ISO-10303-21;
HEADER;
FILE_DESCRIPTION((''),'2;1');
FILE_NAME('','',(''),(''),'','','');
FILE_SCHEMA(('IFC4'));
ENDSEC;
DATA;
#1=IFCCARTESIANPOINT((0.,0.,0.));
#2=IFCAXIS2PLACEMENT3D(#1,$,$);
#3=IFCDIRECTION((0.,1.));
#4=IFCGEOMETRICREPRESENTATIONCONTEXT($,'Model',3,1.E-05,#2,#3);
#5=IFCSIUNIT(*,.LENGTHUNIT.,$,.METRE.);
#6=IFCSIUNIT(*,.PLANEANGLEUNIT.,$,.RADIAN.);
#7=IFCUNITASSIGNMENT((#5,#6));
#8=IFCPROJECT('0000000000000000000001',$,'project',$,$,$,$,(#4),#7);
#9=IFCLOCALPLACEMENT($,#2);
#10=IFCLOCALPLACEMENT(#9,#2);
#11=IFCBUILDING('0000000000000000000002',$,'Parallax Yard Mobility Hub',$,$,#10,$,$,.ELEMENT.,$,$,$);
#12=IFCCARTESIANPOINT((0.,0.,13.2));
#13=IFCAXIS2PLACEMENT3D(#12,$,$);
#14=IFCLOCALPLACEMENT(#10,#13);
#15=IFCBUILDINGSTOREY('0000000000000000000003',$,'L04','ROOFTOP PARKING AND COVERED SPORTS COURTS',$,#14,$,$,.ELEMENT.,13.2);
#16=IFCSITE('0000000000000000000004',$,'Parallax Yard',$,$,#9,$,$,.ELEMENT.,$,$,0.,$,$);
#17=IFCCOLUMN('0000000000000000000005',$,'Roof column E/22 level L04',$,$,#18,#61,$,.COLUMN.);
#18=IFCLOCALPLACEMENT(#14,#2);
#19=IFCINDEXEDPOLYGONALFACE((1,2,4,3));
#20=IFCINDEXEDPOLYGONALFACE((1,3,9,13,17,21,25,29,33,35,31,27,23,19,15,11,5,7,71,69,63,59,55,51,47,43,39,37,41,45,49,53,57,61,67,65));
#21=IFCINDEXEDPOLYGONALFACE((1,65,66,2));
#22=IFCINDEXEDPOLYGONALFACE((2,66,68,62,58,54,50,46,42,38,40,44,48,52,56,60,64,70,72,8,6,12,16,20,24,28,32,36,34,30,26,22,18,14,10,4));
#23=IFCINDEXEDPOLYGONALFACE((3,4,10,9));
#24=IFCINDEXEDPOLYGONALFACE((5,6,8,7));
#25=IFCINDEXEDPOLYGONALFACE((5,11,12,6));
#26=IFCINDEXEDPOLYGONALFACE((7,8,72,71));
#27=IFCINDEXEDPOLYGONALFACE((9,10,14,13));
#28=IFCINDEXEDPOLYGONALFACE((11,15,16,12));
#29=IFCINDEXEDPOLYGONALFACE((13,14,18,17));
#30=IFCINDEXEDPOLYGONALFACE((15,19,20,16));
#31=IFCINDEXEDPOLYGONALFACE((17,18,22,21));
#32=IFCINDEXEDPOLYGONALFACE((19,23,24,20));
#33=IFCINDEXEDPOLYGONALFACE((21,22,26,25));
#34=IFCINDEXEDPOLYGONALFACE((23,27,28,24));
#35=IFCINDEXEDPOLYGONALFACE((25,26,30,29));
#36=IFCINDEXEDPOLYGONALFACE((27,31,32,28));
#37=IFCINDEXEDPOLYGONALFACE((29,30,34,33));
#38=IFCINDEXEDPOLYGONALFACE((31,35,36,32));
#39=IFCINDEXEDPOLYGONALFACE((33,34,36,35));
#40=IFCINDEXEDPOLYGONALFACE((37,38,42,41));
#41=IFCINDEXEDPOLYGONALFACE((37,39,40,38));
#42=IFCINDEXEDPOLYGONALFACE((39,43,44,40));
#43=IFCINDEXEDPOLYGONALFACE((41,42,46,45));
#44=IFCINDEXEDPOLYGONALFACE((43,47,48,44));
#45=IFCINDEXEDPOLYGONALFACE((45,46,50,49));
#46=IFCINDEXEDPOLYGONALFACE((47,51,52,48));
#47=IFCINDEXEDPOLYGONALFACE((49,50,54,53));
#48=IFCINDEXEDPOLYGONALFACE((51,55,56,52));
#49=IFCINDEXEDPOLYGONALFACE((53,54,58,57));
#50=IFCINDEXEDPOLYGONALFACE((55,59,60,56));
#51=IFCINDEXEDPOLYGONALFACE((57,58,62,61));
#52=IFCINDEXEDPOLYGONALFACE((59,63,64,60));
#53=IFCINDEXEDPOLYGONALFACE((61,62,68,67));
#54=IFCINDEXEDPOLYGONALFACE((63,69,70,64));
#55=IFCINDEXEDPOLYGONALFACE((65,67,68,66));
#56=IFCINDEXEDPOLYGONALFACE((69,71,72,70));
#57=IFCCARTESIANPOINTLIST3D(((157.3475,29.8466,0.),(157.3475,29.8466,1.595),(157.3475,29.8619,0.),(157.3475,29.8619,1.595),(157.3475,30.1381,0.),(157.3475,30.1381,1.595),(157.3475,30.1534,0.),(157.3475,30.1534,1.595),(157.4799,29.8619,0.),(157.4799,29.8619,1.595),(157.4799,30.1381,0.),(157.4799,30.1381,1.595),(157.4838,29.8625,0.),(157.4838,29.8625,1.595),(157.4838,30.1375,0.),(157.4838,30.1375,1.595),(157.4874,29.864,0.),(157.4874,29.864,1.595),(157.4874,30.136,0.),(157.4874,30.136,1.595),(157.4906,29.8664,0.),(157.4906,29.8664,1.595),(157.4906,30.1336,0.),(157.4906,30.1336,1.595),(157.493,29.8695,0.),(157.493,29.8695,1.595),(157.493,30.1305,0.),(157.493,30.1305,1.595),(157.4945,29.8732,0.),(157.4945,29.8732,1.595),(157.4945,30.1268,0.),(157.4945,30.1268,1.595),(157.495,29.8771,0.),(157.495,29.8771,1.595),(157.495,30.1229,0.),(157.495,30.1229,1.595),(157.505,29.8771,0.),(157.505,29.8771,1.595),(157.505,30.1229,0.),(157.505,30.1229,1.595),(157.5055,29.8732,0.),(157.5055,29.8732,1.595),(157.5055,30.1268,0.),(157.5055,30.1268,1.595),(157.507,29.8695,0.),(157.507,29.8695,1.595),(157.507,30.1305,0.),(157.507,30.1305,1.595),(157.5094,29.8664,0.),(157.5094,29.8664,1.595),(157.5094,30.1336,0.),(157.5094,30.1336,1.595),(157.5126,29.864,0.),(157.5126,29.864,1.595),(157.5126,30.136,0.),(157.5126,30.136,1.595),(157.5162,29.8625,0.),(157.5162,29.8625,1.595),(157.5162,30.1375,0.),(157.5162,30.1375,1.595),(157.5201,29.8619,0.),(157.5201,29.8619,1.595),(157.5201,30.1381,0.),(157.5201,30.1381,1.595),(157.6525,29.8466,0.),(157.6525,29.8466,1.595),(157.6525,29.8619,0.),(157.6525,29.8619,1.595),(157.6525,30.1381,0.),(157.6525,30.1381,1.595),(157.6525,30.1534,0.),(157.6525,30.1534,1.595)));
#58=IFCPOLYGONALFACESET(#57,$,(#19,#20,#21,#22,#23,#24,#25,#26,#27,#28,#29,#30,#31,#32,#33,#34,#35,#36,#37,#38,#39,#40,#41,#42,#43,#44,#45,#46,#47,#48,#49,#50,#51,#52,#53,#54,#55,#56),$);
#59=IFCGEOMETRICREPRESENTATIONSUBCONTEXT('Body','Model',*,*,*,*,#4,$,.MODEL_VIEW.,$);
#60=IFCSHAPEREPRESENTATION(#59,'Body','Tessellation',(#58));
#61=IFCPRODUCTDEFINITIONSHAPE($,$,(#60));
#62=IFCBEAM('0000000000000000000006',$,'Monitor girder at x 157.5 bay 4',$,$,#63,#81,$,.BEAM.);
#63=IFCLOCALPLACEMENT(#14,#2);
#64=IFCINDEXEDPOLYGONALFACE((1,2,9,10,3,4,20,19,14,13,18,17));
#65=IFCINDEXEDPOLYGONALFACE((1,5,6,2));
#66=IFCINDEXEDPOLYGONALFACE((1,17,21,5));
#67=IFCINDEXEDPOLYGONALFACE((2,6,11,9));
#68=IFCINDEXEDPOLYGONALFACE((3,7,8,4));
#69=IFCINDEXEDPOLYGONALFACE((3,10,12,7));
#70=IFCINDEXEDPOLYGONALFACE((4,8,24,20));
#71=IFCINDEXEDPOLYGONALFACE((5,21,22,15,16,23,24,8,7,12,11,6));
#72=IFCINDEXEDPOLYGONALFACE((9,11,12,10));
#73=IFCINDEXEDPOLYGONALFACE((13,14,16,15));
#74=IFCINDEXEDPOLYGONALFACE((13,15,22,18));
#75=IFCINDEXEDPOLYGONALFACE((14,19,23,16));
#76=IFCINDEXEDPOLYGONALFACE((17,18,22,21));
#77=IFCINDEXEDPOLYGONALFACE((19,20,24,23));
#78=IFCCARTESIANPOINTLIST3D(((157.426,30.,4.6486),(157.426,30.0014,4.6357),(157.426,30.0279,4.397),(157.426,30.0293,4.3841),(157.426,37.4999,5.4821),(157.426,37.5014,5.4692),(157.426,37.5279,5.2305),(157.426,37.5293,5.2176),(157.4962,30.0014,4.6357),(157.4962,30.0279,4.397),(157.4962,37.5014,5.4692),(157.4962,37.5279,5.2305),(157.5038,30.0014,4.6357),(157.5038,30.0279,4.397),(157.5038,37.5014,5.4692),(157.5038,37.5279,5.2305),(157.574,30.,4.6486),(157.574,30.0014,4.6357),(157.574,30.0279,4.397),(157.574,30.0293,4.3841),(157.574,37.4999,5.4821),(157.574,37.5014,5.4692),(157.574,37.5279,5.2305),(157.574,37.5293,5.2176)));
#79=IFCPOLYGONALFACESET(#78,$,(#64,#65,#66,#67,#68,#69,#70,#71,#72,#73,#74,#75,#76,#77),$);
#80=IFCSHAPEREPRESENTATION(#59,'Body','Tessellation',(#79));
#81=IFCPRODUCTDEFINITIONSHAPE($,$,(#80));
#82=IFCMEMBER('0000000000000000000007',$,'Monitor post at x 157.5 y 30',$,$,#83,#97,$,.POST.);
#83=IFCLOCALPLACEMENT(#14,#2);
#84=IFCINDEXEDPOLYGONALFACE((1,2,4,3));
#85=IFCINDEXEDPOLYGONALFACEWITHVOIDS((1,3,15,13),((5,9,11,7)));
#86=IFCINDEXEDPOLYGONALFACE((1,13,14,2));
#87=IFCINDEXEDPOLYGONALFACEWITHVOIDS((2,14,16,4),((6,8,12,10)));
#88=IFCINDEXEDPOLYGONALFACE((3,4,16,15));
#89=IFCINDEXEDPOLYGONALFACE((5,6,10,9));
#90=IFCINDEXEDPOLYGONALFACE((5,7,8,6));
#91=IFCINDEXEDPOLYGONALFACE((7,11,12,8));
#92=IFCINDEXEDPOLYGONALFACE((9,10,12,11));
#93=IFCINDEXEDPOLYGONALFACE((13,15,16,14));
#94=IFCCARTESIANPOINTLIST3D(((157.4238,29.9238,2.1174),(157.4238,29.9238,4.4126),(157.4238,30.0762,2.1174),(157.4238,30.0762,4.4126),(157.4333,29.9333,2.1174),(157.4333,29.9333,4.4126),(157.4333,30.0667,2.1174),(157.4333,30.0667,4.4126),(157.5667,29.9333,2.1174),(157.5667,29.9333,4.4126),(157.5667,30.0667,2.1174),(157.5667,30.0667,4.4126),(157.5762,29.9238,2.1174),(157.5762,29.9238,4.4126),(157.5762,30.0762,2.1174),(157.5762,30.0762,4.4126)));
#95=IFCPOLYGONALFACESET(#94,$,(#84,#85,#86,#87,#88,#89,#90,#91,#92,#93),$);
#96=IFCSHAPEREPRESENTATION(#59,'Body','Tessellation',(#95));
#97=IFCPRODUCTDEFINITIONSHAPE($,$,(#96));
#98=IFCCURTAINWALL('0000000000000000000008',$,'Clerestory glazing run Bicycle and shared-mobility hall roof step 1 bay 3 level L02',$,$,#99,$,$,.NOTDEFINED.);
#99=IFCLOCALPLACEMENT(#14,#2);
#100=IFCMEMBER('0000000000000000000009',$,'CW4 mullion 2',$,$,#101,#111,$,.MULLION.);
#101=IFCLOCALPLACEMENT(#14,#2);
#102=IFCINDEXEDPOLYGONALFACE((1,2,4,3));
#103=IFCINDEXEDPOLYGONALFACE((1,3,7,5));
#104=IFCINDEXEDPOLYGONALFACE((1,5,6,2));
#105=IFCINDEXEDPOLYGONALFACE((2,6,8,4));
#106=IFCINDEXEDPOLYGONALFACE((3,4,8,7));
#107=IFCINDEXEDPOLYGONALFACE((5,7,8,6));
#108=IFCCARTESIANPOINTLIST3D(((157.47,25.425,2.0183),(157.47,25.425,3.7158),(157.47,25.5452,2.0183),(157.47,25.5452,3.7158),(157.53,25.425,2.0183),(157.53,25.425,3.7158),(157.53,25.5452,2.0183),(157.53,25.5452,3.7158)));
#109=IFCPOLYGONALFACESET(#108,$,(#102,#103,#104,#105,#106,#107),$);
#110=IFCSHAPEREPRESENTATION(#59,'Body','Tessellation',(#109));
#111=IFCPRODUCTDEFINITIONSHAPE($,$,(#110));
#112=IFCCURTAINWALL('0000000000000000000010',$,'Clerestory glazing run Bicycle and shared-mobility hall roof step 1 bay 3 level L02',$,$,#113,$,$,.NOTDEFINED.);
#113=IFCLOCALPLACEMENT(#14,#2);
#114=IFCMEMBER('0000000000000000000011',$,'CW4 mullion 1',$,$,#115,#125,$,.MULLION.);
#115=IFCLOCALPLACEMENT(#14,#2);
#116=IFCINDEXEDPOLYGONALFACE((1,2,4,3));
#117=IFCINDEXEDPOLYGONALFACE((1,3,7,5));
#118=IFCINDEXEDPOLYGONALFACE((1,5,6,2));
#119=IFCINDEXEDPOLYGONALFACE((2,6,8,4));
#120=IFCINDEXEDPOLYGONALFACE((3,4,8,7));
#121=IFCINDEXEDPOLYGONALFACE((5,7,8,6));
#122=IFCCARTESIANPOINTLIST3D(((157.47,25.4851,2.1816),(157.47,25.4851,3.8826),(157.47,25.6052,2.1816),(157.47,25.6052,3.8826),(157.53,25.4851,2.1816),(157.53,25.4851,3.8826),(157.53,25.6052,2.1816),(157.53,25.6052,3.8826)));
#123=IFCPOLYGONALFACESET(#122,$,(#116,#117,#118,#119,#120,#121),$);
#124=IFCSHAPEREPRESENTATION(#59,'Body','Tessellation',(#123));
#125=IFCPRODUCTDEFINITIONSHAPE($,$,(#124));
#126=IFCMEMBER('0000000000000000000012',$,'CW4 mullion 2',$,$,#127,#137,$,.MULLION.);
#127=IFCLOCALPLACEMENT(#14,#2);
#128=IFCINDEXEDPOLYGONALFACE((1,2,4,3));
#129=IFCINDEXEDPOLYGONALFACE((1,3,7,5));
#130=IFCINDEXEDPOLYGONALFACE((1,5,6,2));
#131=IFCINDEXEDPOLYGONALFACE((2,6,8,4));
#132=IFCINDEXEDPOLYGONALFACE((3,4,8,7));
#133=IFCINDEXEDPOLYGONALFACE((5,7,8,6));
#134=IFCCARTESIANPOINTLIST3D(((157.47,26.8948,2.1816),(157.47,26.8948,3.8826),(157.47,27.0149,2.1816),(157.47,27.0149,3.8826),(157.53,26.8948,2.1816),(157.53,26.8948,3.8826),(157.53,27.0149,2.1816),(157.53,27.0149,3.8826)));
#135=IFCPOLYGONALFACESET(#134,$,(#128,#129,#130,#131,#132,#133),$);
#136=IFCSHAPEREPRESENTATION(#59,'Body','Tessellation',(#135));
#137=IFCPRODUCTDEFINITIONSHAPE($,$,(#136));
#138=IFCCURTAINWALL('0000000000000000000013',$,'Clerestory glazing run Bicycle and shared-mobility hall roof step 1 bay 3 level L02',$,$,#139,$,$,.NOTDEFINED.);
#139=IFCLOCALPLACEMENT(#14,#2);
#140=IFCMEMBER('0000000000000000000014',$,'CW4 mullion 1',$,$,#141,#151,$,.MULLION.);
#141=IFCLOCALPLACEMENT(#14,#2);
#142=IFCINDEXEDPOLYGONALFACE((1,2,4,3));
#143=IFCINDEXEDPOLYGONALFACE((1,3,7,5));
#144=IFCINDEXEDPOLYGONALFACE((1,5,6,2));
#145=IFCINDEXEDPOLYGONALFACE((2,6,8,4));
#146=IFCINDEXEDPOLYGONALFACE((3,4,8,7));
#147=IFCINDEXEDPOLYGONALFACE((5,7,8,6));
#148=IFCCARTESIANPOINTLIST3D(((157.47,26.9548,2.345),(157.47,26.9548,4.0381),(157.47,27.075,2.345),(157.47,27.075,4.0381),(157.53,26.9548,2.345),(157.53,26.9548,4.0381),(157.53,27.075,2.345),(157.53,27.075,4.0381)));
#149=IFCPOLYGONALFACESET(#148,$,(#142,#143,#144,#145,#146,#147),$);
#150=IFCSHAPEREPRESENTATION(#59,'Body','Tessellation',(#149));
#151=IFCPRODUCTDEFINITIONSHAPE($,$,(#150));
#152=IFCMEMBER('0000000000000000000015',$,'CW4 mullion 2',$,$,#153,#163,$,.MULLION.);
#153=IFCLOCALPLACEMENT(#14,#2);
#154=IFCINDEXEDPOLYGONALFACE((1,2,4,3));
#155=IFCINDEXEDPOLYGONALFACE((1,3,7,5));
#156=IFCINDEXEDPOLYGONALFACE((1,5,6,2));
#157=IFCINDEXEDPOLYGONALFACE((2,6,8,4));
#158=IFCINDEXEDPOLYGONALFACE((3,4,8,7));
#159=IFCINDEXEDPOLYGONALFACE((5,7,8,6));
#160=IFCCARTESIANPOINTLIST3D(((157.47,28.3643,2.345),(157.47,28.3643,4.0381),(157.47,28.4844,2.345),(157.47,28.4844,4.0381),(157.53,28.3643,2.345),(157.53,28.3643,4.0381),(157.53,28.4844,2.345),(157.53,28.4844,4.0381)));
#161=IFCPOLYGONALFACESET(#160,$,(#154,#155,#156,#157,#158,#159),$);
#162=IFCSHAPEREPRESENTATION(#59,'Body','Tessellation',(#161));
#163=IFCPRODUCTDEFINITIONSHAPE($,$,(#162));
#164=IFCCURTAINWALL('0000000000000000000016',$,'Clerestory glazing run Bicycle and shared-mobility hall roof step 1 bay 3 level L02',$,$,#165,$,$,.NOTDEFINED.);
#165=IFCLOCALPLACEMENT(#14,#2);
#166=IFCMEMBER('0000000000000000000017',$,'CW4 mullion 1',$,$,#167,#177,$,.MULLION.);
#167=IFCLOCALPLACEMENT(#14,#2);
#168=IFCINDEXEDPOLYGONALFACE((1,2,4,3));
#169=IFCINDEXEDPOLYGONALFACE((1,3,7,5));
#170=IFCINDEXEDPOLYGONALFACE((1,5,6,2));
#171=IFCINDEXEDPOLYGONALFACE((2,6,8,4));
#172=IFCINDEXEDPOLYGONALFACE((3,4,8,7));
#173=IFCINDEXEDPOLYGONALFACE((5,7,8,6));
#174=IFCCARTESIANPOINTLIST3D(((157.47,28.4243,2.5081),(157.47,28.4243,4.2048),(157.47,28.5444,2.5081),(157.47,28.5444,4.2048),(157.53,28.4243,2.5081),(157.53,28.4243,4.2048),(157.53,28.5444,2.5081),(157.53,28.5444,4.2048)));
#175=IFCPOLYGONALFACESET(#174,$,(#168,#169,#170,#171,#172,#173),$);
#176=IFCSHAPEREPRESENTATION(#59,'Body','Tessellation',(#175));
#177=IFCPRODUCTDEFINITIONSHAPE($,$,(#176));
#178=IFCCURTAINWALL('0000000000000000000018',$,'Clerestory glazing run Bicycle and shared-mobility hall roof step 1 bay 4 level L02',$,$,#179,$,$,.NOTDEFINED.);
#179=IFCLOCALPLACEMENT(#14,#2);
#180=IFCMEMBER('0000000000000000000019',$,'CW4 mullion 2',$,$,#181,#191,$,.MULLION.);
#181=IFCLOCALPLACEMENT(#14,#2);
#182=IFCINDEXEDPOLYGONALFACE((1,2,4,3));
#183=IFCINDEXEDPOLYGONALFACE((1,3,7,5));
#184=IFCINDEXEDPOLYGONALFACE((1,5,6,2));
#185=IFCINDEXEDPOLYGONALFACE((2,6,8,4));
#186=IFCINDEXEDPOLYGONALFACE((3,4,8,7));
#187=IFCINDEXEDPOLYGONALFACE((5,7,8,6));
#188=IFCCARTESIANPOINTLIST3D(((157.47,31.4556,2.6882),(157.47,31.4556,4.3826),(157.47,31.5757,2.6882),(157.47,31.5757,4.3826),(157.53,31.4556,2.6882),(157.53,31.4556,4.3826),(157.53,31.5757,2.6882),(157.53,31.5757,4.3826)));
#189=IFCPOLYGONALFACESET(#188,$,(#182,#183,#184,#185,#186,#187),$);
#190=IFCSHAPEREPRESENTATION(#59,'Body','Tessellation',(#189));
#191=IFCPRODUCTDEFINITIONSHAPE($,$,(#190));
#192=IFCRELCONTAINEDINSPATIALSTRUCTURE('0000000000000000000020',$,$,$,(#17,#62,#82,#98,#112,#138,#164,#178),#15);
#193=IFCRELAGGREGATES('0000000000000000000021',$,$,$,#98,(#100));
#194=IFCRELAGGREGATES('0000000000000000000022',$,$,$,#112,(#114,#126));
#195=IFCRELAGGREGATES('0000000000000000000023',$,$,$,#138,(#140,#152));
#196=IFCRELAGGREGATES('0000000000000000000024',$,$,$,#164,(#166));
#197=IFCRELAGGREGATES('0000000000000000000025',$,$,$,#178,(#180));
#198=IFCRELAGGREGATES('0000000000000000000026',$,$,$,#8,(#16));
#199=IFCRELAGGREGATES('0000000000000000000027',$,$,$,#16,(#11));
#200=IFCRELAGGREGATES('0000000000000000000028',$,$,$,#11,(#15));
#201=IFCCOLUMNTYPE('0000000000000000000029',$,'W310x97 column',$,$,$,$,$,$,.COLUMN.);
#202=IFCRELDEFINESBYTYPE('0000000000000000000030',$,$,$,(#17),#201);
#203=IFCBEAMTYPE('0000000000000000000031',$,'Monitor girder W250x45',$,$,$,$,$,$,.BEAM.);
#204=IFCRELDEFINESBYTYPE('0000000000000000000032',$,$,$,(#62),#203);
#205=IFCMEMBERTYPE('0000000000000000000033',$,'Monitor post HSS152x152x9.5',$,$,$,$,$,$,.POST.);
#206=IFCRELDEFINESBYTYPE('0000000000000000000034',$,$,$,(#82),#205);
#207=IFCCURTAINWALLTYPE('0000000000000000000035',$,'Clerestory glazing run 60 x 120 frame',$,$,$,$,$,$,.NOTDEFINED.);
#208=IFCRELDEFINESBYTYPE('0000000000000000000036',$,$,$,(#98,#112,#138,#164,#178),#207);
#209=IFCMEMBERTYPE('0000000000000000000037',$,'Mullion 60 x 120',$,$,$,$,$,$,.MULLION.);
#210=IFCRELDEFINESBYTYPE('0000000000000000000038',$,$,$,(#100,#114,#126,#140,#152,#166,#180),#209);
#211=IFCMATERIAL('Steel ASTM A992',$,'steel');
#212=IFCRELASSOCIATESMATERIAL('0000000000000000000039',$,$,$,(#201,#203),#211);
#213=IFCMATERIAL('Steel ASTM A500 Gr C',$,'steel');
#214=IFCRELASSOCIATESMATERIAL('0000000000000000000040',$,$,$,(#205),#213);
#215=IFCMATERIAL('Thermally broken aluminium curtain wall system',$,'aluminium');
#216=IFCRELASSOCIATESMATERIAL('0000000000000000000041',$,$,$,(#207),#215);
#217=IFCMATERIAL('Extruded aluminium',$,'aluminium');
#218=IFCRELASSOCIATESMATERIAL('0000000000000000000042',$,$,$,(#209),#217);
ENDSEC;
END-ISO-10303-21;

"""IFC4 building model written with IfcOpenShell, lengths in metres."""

from ifc_helpers import new_model, si_unit, direction, frame, origin, origin_2d, place, context, subcontext, project, spatial, rectangle, hollow_rectangle, i_section, extrude, material, material_profile, profile_set, type_object, element, aggregate, save


model = new_model("IFC4")

# Units and contexts
model_context = context("Model", 3, precision=1e-05, world=origin(), true_north=direction((0.0, 1.0)))
body_context = subcontext(model_context, "Body", "Model", "MODEL_VIEW")
ifc_project = project(units=[si_unit("LENGTHUNIT", "METRE"), si_unit("PLANEANGLEUNIT", "RADIAN")], contexts=[model_context])

# Site, building, storey
site_placement = place(None, origin())
site = spatial("IfcSite", under=ifc_project, at=site_placement, Name="Parallax Yard", CompositionType="ELEMENT", RefElevation=0.0)
building_placement = place(site_placement, origin())
building = spatial("IfcBuilding", under=site, at=building_placement, Name="Parallax Yard Mobility Hub", CompositionType="ELEMENT")
storey_placement = place(building_placement, frame((0.0, 0.0, 13.2)))
storey = spatial("IfcBuildingStorey", under=building, at=storey_placement, Name="L04", Description="ROOFTOP PARKING AND COVERED SPORTS COURTS", CompositionType="ELEMENT", Elevation=13.2)

# Column
ifc_material_1 = material(Name="Steel ASTM A992", Category="steel")
ifc_material_profile_1 = material_profile(ifc_material_1, i_section(OverallWidth=0.3049, OverallDepth=0.3069, WebThickness=0.01, FlangeThickness=0.0154, FilletRadius=0.0151, at=origin_2d()), Name="W310x97")
ifc_profile_set_1 = profile_set([ifc_material_profile_1], Name="Steel ASTM A992")
column_type = type_object("IfcColumnType", Name="W310x97 column", PredefinedType="COLUMN", material=ifc_profile_set_1)
column_placement = place(storey_placement, frame((157.5, 30.0, 0.0), z_axis=(0.0, 0.0, 1.0), x_axis=(1.0, 0.0, 0.0)))
element("IfcColumn", 1, at=column_placement, inside=storey, type_object=column_type, Name="Roof column E/22 level L04", PredefinedType="COLUMN", context=body_context, shape_type="SweptSolid", body=[
    extrude(i_section(OverallWidth=0.3049, OverallDepth=0.3069, WebThickness=0.01, FlangeThickness=0.0154, FilletRadius=0.0151, at=origin_2d()), origin(), (0.0, 0.0, 1.0), 1.595),
])

# Beam
ifc_material_profile_2 = material_profile(ifc_material_1, i_section(OverallWidth=0.1479, OverallDepth=0.2661, WebThickness=0.0076, FlangeThickness=0.0129, at=origin_2d()), Name="W250x45")
ifc_profile_set_2 = profile_set([ifc_material_profile_2], Name="Steel ASTM A992")
beam_type = type_object("IfcBeamType", Name="Monitor girder W250x45", PredefinedType="BEAM", material=ifc_profile_set_2)
beam_placement = place(storey_placement, frame((157.5, 30.0146, 4.5164), z_axis=(0.0, 0.993881, 0.110453), x_axis=(-1.0, 0.0, 0.0)))
element("IfcBeam", 2, at=beam_placement, inside=storey, type_object=beam_type, Name="Monitor girder at x 157.5 bay 4", PredefinedType="BEAM", context=body_context, shape_type="SweptSolid", body=[
    extrude(i_section(OverallWidth=0.1479, OverallDepth=0.2661, WebThickness=0.0076, FlangeThickness=0.0129, at=origin_2d()), origin(), (0.0, 0.0, 1.0), 7.5461),
])

# Member
ifc_material_2 = material(Name="Steel ASTM A500 Gr C", Category="steel")
ifc_material_profile_3 = material_profile(ifc_material_2, hollow_rectangle(XDim=0.1523, YDim=0.1523, WallThickness=0.0095, at=origin_2d()), Name="HSS152x152x9.5")
ifc_profile_set_3 = profile_set([ifc_material_profile_3], Name="Steel ASTM A500 Gr C")
member_type_1 = type_object("IfcMemberType", Name="Monitor post HSS152x152x9.5", PredefinedType="POST", material=ifc_profile_set_3)
member_1_placement = place(storey_placement, frame((157.5, 30.0, 2.1174), z_axis=(0.0, 0.0, 1.0), x_axis=(1.0, 0.0, 0.0)))
element("IfcMember", 3, at=member_1_placement, inside=storey, type_object=member_type_1, Name="Monitor post at x 157.5 y 30", PredefinedType="POST", context=body_context, shape_type="SweptSolid", body=[
    extrude(hollow_rectangle(XDim=0.1523, YDim=0.1523, WallThickness=0.0095, at=origin_2d()), origin(), (0.0, 0.0, 1.0), 2.2952),
])

# Curtain wall, member
ifc_material_3 = material(Name="Thermally broken aluminium curtain wall system", Category="aluminium")
curtain_wall_type = type_object("IfcCurtainWallType", Name="Clerestory glazing run 60 x 120 frame", PredefinedType="NOTDEFINED", material=ifc_material_3)
curtain_wall_1_placement = place(storey_placement, origin())
curtain_wall_1 = element("IfcCurtainWall", 4, at=curtain_wall_1_placement, inside=storey, type_object=curtain_wall_type, Name="Clerestory glazing run Bicycle and shared-mobility hall roof step 1 bay 3 level L02", PredefinedType="NOTDEFINED")
ifc_material_4 = material(Name="Extruded aluminium", Category="aluminium")
ifc_material_profile_4 = material_profile(ifc_material_4, rectangle(XDim=0.0601, YDim=0.1201, at=origin_2d()), Name="Mullion 60 x 120")
ifc_profile_set_4 = profile_set([ifc_material_profile_4], Name="Extruded aluminium")
member_type_2 = type_object("IfcMemberType", Name="Mullion 60 x 120", PredefinedType="MULLION", material=ifc_profile_set_4)
member_2_placement = place(storey_placement, frame((157.5, 25.4851, 2.0183), z_axis=(0.0, 0.0, 1.0), x_axis=(-1.0, 0.0, 0.0)))
member_2 = element("IfcMember", 5, at=member_2_placement, type_object=member_type_2, Name="CW4 mullion 2", PredefinedType="MULLION", context=body_context, shape_type="SweptSolid", body=[
    extrude(rectangle(XDim=0.0601, YDim=0.1201, at=origin_2d()), origin(), (0.0, 0.0, 1.0), 1.6975),
])

# Curtain walls, members
curtain_wall_2_placement = place(storey_placement, origin())
curtain_wall_2 = element("IfcCurtainWall", 6, at=curtain_wall_2_placement, inside=storey, type_object=curtain_wall_type, Name="Clerestory glazing run Bicycle and shared-mobility hall roof step 1 bay 3 level L02", PredefinedType="NOTDEFINED")
member_3_placement = place(storey_placement, frame((157.5, 25.5452, 2.1816), z_axis=(0.0, 0.0, 1.0), x_axis=(-1.0, 0.0, 0.0)))
member_3 = element("IfcMember", 7, at=member_3_placement, type_object=member_type_2, Name="CW4 mullion 1", PredefinedType="MULLION", context=body_context, shape_type="SweptSolid", body=[
    extrude(rectangle(XDim=0.0601, YDim=0.1201, at=origin_2d()), origin(), (0.0, 0.0, 1.0), 1.7009),
])
member_4_placement = place(storey_placement, frame((157.5, 26.9548, 2.1816), z_axis=(0.0, 0.0, 1.0), x_axis=(-1.0, 0.0, 0.0)))
member_4 = element("IfcMember", 8, at=member_4_placement, type_object=member_type_2, Name="CW4 mullion 2", PredefinedType="MULLION", context=body_context, shape_type="SweptSolid", body=[
    extrude(rectangle(XDim=0.0601, YDim=0.1201, at=origin_2d()), origin(), (0.0, 0.0, 1.0), 1.7009),
])
curtain_wall_3_placement = place(storey_placement, origin())
curtain_wall_3 = element("IfcCurtainWall", 9, at=curtain_wall_3_placement, inside=storey, type_object=curtain_wall_type, Name="Clerestory glazing run Bicycle and shared-mobility hall roof step 1 bay 3 level L02", PredefinedType="NOTDEFINED")
member_5_placement = place(storey_placement, frame((157.5, 27.0149, 2.345), z_axis=(0.0, 0.0, 1.0), x_axis=(-1.0, 0.0, 0.0)))
member_5 = element("IfcMember", 10, at=member_5_placement, type_object=member_type_2, Name="CW4 mullion 1", PredefinedType="MULLION", context=body_context, shape_type="SweptSolid", body=[
    extrude(rectangle(XDim=0.0601, YDim=0.1201, at=origin_2d()), origin(), (0.0, 0.0, 1.0), 1.6931),
])
member_6_placement = place(storey_placement, frame((157.5, 28.4243, 2.345), z_axis=(0.0, 0.0, 1.0), x_axis=(-1.0, 0.0, 0.0)))
member_6 = element("IfcMember", 11, at=member_6_placement, type_object=member_type_2, Name="CW4 mullion 2", PredefinedType="MULLION", context=body_context, shape_type="SweptSolid", body=[
    extrude(rectangle(XDim=0.0601, YDim=0.1201, at=origin_2d()), origin(), (0.0, 0.0, 1.0), 1.6931),
])

# Curtain walls, members
curtain_wall_4_placement = place(storey_placement, origin())
curtain_wall_4 = element("IfcCurtainWall", 12, at=curtain_wall_4_placement, inside=storey, type_object=curtain_wall_type, Name="Clerestory glazing run Bicycle and shared-mobility hall roof step 1 bay 3 level L02", PredefinedType="NOTDEFINED")
member_7_placement = place(storey_placement, frame((157.5, 28.4844, 2.5081), z_axis=(0.0, 0.0, 1.0), x_axis=(-1.0, 0.0, 0.0)))
member_7 = element("IfcMember", 13, at=member_7_placement, type_object=member_type_2, Name="CW4 mullion 1", PredefinedType="MULLION", context=body_context, shape_type="SweptSolid", body=[
    extrude(rectangle(XDim=0.0601, YDim=0.1201, at=origin_2d()), origin(), (0.0, 0.0, 1.0), 1.6968),
])
curtain_wall_5_placement = place(storey_placement, origin())
curtain_wall_5 = element("IfcCurtainWall", 14, at=curtain_wall_5_placement, inside=storey, type_object=curtain_wall_type, Name="Clerestory glazing run Bicycle and shared-mobility hall roof step 1 bay 4 level L02", PredefinedType="NOTDEFINED")
member_8_placement = place(storey_placement, frame((157.5, 31.5156, 2.6882), z_axis=(0.0, 0.0, 1.0), x_axis=(-1.0, 0.0, 0.0)))
member_8 = element("IfcMember", 15, at=member_8_placement, type_object=member_type_2, Name="CW4 mullion 2", PredefinedType="MULLION", context=body_context, shape_type="SweptSolid", body=[
    extrude(rectangle(XDim=0.0601, YDim=0.1201, at=origin_2d()), origin(), (0.0, 0.0, 1.0), 1.6943),
])

aggregate(curtain_wall_1, [member_2])
aggregate(curtain_wall_2, [member_3, member_4])
aggregate(curtain_wall_3, [member_5, member_6])
aggregate(curtain_wall_4, [member_7])
aggregate(curtain_wall_5, [member_8])

save(model, "model.ifc")
